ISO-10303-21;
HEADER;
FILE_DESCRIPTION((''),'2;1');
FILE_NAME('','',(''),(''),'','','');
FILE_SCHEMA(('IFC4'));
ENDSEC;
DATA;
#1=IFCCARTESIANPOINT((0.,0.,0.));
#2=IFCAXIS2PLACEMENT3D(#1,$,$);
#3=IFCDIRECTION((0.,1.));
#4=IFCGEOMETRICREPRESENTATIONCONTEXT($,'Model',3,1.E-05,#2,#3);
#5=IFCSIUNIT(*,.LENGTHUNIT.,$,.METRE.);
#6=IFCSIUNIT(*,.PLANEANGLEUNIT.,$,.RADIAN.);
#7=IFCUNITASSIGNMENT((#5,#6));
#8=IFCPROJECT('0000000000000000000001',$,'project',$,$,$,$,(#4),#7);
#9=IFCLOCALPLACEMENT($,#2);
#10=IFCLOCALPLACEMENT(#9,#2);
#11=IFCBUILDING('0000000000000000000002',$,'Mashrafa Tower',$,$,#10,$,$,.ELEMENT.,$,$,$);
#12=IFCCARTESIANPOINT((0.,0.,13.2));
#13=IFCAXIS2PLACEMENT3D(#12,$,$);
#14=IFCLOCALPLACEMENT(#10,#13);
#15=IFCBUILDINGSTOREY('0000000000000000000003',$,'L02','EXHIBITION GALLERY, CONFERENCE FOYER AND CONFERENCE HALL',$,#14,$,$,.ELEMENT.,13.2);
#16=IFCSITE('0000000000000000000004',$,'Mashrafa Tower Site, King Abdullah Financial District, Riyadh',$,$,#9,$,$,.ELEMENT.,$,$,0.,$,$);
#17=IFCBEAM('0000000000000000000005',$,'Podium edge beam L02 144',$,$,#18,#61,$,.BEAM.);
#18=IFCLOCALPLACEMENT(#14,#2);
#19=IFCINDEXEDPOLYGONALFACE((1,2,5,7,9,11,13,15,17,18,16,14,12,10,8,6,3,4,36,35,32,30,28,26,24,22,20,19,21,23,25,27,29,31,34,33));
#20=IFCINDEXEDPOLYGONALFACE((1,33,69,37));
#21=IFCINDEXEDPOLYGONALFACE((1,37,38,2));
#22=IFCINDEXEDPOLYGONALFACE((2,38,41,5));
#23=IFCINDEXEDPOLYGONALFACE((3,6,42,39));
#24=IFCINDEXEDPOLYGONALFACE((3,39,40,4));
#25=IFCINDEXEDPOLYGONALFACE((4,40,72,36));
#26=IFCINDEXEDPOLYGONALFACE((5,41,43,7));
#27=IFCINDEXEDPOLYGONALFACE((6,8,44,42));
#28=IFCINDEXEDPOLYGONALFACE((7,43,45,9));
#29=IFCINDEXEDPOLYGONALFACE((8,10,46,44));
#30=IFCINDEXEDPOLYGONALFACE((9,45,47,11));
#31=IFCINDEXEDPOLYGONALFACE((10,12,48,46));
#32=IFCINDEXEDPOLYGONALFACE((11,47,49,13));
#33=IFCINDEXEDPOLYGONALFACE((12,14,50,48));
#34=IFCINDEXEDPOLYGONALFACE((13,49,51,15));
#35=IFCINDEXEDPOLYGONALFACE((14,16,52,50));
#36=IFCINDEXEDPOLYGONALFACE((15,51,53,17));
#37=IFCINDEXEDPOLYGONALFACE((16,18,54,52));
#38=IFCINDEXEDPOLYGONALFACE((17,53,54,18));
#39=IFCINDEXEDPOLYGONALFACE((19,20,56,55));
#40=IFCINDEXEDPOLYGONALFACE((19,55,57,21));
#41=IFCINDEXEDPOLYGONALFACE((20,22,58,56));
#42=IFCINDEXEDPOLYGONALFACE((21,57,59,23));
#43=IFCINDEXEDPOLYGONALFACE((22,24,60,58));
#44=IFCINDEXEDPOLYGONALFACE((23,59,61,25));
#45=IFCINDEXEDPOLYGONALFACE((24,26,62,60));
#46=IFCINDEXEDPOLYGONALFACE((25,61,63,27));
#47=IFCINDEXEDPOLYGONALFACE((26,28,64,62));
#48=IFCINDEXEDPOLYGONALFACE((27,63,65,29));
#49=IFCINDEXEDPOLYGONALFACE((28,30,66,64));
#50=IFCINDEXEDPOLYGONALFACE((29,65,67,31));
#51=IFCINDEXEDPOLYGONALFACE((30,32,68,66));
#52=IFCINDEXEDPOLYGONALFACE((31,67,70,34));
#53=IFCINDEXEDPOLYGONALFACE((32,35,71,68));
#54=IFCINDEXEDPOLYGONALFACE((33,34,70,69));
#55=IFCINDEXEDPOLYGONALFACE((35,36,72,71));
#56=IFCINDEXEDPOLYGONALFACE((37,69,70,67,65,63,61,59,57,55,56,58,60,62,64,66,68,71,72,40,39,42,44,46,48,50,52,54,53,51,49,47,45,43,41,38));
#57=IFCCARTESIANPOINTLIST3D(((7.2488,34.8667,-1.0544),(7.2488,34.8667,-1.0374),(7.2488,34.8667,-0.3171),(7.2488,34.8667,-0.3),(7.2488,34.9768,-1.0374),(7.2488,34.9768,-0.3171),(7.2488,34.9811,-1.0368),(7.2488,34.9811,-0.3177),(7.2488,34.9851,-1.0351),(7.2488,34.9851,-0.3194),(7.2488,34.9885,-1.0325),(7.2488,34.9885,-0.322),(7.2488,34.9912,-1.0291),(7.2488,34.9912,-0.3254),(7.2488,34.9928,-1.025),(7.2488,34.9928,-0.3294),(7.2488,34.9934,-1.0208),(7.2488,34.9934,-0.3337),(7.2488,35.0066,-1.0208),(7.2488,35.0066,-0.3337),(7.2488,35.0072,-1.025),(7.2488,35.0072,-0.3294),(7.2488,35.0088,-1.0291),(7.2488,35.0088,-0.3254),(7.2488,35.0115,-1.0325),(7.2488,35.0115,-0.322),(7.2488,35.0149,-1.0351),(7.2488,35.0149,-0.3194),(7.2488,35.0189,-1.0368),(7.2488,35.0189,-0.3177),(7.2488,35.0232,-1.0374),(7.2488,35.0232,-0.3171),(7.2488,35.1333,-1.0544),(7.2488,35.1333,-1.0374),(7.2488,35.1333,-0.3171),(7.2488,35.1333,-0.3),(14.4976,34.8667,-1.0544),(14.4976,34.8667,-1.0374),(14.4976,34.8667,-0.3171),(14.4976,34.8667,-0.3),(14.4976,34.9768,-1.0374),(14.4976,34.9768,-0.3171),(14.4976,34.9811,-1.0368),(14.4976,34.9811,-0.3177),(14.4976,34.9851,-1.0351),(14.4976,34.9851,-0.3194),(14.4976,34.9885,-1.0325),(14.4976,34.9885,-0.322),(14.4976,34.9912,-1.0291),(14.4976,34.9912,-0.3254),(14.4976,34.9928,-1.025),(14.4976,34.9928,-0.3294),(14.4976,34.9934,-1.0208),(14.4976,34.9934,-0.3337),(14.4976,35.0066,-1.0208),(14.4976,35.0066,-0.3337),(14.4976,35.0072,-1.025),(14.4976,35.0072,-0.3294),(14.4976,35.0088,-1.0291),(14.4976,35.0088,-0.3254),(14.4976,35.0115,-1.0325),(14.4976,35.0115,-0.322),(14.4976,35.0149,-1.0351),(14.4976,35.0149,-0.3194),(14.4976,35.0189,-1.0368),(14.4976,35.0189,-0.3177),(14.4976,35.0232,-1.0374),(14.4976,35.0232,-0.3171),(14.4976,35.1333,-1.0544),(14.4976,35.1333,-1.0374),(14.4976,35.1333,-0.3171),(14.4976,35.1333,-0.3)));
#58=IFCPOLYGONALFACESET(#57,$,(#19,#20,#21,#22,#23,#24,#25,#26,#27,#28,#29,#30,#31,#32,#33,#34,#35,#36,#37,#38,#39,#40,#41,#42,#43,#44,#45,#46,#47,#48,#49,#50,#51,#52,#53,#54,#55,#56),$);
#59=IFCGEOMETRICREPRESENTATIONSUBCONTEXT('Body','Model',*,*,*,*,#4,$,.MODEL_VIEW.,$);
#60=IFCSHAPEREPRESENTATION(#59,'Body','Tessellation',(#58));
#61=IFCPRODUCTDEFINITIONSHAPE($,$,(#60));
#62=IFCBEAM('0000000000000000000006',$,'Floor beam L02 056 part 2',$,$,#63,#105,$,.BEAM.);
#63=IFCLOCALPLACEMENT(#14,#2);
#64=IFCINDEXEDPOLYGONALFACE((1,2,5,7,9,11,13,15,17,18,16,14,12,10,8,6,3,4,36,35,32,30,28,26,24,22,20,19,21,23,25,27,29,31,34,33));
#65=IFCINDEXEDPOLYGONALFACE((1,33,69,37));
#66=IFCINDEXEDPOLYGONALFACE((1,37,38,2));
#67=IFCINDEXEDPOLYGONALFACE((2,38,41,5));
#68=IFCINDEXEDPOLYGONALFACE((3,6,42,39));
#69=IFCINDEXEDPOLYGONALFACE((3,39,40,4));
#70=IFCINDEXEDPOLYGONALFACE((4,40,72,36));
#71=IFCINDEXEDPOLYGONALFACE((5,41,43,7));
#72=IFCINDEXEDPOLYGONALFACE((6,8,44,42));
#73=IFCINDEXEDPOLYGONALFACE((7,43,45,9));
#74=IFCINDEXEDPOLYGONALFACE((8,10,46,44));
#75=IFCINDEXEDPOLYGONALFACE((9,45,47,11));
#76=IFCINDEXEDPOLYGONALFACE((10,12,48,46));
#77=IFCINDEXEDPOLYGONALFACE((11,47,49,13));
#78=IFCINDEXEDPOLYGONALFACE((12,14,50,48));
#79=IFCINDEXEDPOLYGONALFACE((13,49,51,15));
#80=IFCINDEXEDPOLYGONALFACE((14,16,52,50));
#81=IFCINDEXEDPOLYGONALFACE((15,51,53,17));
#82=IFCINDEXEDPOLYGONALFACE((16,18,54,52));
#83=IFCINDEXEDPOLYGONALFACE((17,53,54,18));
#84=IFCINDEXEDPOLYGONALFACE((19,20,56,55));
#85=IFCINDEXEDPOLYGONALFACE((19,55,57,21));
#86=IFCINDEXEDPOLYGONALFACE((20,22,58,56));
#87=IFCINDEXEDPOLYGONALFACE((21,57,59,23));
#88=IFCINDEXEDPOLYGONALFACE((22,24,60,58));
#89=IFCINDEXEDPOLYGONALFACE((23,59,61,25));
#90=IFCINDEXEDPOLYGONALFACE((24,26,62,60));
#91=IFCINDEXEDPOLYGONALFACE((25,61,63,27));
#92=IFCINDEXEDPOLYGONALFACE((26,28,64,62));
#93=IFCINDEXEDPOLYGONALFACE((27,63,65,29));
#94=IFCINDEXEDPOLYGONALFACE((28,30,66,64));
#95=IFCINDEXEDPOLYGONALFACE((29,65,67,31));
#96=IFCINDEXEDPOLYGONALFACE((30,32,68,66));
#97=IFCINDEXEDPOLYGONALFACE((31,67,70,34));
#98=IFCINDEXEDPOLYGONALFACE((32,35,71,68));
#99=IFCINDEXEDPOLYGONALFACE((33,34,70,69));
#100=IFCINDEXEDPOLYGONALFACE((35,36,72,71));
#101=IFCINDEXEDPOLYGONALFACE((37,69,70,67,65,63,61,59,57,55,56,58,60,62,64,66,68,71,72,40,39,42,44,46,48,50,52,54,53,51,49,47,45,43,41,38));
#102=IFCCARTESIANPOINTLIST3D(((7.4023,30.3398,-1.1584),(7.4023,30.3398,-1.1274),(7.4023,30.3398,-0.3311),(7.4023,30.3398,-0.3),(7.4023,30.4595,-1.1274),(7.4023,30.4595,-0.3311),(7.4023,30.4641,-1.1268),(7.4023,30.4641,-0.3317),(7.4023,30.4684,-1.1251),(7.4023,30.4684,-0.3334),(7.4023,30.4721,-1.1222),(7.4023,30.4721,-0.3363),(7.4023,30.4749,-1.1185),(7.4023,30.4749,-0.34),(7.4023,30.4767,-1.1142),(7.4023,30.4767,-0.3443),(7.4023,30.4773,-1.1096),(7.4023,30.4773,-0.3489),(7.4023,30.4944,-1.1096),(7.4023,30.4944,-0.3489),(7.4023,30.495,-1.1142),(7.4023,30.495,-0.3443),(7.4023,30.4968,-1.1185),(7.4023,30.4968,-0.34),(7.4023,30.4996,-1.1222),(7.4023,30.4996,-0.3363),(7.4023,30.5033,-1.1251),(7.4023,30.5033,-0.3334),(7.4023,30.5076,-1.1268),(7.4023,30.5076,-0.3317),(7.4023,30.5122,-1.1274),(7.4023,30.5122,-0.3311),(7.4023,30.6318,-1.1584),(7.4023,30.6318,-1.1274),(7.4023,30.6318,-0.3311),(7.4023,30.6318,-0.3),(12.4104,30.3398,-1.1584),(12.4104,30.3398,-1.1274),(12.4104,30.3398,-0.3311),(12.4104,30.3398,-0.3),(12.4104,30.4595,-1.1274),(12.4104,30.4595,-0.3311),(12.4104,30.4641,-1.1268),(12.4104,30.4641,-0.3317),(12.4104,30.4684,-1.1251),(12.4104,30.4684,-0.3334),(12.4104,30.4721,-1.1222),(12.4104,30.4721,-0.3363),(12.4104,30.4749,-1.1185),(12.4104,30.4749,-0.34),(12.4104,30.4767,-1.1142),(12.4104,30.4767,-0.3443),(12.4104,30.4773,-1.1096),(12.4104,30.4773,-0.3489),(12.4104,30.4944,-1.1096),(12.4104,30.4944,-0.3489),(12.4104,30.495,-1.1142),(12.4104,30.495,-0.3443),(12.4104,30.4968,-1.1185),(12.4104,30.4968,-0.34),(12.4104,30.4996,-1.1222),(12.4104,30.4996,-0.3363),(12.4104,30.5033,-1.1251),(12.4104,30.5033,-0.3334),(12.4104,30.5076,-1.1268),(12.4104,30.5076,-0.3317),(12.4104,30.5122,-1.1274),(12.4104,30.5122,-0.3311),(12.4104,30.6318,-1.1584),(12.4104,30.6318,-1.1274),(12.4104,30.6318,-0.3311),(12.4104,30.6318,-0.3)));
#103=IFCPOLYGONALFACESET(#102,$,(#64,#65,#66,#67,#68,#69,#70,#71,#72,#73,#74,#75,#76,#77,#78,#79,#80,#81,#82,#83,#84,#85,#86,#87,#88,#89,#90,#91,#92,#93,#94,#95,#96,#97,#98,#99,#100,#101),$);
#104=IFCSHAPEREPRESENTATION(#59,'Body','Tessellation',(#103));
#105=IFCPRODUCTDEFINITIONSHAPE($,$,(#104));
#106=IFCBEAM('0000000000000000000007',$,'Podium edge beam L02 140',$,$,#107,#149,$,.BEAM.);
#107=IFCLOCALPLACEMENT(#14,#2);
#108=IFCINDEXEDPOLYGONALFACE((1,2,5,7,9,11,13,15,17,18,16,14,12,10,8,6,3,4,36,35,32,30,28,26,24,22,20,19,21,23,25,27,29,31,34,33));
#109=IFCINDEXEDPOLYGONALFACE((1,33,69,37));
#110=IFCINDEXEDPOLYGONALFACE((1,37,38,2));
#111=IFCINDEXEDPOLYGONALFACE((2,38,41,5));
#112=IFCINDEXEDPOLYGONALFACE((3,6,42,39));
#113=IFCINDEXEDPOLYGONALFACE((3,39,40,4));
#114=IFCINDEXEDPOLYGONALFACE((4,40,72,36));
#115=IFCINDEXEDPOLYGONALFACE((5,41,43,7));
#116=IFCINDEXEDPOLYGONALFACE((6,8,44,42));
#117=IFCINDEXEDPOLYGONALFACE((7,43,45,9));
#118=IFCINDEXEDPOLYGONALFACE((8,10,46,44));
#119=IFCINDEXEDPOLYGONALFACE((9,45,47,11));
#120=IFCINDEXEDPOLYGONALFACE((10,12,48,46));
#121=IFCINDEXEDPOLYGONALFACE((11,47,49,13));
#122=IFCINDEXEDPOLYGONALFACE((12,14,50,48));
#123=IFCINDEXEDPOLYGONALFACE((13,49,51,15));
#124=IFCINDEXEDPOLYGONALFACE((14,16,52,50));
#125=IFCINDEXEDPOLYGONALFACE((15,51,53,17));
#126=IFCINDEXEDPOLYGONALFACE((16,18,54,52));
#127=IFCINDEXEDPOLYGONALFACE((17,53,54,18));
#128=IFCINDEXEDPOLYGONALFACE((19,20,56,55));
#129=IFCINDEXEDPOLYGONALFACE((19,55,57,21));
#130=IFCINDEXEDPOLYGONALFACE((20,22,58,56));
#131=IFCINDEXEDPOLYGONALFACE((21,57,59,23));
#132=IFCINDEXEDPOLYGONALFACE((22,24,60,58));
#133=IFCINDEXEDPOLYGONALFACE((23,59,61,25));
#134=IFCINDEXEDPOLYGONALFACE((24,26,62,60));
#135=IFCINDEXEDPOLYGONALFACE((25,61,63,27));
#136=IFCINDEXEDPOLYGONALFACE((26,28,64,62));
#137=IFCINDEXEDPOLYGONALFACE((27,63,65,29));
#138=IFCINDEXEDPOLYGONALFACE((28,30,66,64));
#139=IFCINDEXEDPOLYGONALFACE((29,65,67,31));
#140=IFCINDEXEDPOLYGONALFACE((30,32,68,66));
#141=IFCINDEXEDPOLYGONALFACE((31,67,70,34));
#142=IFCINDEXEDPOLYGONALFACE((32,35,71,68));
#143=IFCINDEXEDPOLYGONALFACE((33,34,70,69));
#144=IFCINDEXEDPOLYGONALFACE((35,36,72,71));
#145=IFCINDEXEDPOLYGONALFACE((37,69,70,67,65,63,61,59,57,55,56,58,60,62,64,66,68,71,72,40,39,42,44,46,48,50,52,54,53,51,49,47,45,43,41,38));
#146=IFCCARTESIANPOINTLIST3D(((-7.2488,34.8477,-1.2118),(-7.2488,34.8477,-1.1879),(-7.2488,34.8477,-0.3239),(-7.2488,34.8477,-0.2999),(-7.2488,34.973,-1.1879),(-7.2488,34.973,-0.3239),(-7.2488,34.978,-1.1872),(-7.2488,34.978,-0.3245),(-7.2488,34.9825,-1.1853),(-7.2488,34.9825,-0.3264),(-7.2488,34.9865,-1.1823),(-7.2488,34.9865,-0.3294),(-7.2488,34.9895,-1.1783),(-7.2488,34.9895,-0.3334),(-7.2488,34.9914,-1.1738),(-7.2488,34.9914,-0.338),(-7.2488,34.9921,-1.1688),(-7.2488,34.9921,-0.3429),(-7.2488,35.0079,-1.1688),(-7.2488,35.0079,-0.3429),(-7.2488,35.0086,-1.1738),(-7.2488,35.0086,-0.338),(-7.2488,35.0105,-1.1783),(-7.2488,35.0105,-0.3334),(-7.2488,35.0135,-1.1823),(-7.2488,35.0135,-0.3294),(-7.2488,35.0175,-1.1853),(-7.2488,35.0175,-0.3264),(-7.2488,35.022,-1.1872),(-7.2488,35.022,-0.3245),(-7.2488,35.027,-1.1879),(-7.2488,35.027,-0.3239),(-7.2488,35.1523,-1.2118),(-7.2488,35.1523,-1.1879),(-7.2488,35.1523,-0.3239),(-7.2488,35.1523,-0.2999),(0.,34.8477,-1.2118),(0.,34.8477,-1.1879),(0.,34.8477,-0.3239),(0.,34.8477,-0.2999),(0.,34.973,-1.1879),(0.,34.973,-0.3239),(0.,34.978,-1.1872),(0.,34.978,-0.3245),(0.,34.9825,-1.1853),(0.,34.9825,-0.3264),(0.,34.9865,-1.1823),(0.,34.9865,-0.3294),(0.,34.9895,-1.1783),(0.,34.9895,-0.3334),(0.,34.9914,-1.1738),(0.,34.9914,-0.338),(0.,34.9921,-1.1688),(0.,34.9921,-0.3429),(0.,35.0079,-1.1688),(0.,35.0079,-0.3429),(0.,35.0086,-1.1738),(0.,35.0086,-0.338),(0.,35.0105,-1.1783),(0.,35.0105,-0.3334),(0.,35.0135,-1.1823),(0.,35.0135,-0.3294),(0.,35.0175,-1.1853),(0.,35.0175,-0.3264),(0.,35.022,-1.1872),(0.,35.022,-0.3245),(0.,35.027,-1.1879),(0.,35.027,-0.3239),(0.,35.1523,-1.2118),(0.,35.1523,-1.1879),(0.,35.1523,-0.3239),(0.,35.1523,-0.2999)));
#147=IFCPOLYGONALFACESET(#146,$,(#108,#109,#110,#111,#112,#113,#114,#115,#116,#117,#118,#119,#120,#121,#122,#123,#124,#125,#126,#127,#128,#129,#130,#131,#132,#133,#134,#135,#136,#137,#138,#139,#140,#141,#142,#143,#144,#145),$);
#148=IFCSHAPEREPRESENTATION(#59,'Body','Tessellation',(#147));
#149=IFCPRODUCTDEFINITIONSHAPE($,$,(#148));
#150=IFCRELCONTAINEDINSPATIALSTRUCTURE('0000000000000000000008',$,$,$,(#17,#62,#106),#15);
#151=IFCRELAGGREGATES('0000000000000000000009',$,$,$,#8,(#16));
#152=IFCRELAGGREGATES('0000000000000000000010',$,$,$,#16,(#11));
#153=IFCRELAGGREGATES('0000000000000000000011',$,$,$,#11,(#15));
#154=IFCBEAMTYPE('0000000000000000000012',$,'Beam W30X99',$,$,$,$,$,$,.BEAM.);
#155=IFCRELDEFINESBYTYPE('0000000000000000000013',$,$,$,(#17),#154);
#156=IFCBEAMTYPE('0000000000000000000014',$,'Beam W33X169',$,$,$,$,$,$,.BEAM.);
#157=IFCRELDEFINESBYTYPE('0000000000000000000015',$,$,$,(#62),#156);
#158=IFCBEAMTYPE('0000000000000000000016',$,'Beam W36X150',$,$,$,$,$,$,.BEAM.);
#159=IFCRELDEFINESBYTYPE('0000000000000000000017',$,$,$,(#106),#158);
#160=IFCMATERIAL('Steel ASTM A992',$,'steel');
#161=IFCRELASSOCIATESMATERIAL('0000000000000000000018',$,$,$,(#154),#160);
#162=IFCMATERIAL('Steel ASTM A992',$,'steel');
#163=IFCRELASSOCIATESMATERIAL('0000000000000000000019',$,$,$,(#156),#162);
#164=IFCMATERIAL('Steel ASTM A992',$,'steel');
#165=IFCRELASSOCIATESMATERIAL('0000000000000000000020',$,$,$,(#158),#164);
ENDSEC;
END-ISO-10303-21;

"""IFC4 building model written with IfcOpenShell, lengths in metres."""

from ifc_helpers import new_model, si_unit, direction, frame, origin, origin_2d, place, context, subcontext, project, spatial, i_section, extrude, material, material_profile, profile_set, type_object, element, save


model = new_model("IFC4")

# Units and contexts
model_context = context("Model", 3, precision=1e-05, world=origin(), true_north=direction((0.0, 1.0)))
body_context = subcontext(model_context, "Body", "Model", "MODEL_VIEW")
ifc_project = project(units=[si_unit("LENGTHUNIT", "METRE"), si_unit("PLANEANGLEUNIT", "RADIAN")], contexts=[model_context])

# Site, building, storey
site_placement = place(None, origin())
site = spatial("IfcSite", under=ifc_project, at=site_placement, Name="Mashrafa Tower Site, King Abdullah Financial District, Riyadh", CompositionType="ELEMENT", RefElevation=0.0)
building_placement = place(site_placement, origin())
building = spatial("IfcBuilding", under=site, at=building_placement, Name="Mashrafa Tower", CompositionType="ELEMENT")
storey_placement = place(building_placement, frame((0.0, 0.0, 13.2)))
storey = spatial("IfcBuildingStorey", under=building, at=storey_placement, Name="L02", Description="EXHIBITION GALLERY, CONFERENCE FOYER AND CONFERENCE HALL", CompositionType="ELEMENT", Elevation=13.2)

# Beams
ifc_material_1 = material(Name="Steel ASTM A992", Category="steel")
ifc_material_profile_1 = material_profile(ifc_material_1, i_section(OverallWidth=0.2666, OverallDepth=0.7544, WebThickness=0.0132, FlangeThickness=0.0171, FilletRadius=0.0166, at=origin_2d()), Name="W30X99")
ifc_profile_set_1 = profile_set([ifc_material_profile_1], Name="Steel ASTM A992")
beam_type_1 = type_object("IfcBeamType", Name="Beam W30X99", PredefinedType="BEAM", material=ifc_profile_set_1)
for number, where, z_axis, x_axis, name in (
    (1, (14.4976, 35.0, -0.6772), (-1.0, 0.0, 0.0), (0.0, -1.0, 0.0), "Podium edge beam L02 144"),
):
    element("IfcBeam", number, at=place(storey_placement, frame(where, z_axis=z_axis, x_axis=x_axis)), inside=storey, type_object=beam_type_1, Name=name, PredefinedType="BEAM", context=body_context, shape_type="SweptSolid", body=[
        extrude(i_section(OverallWidth=0.2666, OverallDepth=0.7544, WebThickness=0.0132, FlangeThickness=0.0171, FilletRadius=0.0166, at=origin_2d()), origin(), (0.0, 0.0, 1.0), 7.2488),
    ])
ifc_material_2 = material(Name="Steel ASTM A992", Category="steel")
ifc_material_profile_2 = material_profile(ifc_material_2, i_section(OverallWidth=0.292, OverallDepth=0.8584, WebThickness=0.0171, FlangeThickness=0.031, FilletRadius=0.0178, at=origin_2d()), Name="W33X169")
ifc_profile_set_2 = profile_set([ifc_material_profile_2], Name="Steel ASTM A992")
beam_type_2 = type_object("IfcBeamType", Name="Beam W33X169", PredefinedType="BEAM", material=ifc_profile_set_2)
beam_1_placement = place(storey_placement, frame((7.4023, 30.4858, -0.7292), z_axis=(1.0, 0.0, 0.0), x_axis=(0.0, 1.0, 0.0)))
element("IfcBeam", 2, at=beam_1_placement, inside=storey, type_object=beam_type_2, Name="Floor beam L02 056 part 2", PredefinedType="BEAM", context=body_context, shape_type="SweptSolid", body=[
    extrude(i_section(OverallWidth=0.292, OverallDepth=0.8584, WebThickness=0.0171, FlangeThickness=0.031, FilletRadius=0.0178, at=origin_2d()), origin(), (0.0, 0.0, 1.0), 5.0081),
])
ifc_material_3 = material(Name="Steel ASTM A992", Category="steel")
ifc_material_profile_3 = material_profile(ifc_material_3, i_section(OverallWidth=0.3047, OverallDepth=0.9119, WebThickness=0.0159, FlangeThickness=0.0239, FilletRadius=0.019, at=origin_2d()), Name="W36X150")
ifc_profile_set_3 = profile_set([ifc_material_profile_3], Name="Steel ASTM A992")
beam_type_3 = type_object("IfcBeamType", Name="Beam W36X150", PredefinedType="BEAM", material=ifc_profile_set_3)
beam_2_placement = place(storey_placement, frame((0.0, 35.0, -0.7559), z_axis=(-1.0, 0.0, 0.0), x_axis=(0.0, -1.0, 0.0)))
element("IfcBeam", 3, at=beam_2_placement, inside=storey, type_object=beam_type_3, Name="Podium edge beam L02 140", PredefinedType="BEAM", context=body_context, shape_type="SweptSolid", body=[
    extrude(i_section(OverallWidth=0.3047, OverallDepth=0.9119, WebThickness=0.0159, FlangeThickness=0.0239, FilletRadius=0.019, at=origin_2d()), origin(), (0.0, 0.0, 1.0), 7.2488),
])

save(model, "model.ifc")
